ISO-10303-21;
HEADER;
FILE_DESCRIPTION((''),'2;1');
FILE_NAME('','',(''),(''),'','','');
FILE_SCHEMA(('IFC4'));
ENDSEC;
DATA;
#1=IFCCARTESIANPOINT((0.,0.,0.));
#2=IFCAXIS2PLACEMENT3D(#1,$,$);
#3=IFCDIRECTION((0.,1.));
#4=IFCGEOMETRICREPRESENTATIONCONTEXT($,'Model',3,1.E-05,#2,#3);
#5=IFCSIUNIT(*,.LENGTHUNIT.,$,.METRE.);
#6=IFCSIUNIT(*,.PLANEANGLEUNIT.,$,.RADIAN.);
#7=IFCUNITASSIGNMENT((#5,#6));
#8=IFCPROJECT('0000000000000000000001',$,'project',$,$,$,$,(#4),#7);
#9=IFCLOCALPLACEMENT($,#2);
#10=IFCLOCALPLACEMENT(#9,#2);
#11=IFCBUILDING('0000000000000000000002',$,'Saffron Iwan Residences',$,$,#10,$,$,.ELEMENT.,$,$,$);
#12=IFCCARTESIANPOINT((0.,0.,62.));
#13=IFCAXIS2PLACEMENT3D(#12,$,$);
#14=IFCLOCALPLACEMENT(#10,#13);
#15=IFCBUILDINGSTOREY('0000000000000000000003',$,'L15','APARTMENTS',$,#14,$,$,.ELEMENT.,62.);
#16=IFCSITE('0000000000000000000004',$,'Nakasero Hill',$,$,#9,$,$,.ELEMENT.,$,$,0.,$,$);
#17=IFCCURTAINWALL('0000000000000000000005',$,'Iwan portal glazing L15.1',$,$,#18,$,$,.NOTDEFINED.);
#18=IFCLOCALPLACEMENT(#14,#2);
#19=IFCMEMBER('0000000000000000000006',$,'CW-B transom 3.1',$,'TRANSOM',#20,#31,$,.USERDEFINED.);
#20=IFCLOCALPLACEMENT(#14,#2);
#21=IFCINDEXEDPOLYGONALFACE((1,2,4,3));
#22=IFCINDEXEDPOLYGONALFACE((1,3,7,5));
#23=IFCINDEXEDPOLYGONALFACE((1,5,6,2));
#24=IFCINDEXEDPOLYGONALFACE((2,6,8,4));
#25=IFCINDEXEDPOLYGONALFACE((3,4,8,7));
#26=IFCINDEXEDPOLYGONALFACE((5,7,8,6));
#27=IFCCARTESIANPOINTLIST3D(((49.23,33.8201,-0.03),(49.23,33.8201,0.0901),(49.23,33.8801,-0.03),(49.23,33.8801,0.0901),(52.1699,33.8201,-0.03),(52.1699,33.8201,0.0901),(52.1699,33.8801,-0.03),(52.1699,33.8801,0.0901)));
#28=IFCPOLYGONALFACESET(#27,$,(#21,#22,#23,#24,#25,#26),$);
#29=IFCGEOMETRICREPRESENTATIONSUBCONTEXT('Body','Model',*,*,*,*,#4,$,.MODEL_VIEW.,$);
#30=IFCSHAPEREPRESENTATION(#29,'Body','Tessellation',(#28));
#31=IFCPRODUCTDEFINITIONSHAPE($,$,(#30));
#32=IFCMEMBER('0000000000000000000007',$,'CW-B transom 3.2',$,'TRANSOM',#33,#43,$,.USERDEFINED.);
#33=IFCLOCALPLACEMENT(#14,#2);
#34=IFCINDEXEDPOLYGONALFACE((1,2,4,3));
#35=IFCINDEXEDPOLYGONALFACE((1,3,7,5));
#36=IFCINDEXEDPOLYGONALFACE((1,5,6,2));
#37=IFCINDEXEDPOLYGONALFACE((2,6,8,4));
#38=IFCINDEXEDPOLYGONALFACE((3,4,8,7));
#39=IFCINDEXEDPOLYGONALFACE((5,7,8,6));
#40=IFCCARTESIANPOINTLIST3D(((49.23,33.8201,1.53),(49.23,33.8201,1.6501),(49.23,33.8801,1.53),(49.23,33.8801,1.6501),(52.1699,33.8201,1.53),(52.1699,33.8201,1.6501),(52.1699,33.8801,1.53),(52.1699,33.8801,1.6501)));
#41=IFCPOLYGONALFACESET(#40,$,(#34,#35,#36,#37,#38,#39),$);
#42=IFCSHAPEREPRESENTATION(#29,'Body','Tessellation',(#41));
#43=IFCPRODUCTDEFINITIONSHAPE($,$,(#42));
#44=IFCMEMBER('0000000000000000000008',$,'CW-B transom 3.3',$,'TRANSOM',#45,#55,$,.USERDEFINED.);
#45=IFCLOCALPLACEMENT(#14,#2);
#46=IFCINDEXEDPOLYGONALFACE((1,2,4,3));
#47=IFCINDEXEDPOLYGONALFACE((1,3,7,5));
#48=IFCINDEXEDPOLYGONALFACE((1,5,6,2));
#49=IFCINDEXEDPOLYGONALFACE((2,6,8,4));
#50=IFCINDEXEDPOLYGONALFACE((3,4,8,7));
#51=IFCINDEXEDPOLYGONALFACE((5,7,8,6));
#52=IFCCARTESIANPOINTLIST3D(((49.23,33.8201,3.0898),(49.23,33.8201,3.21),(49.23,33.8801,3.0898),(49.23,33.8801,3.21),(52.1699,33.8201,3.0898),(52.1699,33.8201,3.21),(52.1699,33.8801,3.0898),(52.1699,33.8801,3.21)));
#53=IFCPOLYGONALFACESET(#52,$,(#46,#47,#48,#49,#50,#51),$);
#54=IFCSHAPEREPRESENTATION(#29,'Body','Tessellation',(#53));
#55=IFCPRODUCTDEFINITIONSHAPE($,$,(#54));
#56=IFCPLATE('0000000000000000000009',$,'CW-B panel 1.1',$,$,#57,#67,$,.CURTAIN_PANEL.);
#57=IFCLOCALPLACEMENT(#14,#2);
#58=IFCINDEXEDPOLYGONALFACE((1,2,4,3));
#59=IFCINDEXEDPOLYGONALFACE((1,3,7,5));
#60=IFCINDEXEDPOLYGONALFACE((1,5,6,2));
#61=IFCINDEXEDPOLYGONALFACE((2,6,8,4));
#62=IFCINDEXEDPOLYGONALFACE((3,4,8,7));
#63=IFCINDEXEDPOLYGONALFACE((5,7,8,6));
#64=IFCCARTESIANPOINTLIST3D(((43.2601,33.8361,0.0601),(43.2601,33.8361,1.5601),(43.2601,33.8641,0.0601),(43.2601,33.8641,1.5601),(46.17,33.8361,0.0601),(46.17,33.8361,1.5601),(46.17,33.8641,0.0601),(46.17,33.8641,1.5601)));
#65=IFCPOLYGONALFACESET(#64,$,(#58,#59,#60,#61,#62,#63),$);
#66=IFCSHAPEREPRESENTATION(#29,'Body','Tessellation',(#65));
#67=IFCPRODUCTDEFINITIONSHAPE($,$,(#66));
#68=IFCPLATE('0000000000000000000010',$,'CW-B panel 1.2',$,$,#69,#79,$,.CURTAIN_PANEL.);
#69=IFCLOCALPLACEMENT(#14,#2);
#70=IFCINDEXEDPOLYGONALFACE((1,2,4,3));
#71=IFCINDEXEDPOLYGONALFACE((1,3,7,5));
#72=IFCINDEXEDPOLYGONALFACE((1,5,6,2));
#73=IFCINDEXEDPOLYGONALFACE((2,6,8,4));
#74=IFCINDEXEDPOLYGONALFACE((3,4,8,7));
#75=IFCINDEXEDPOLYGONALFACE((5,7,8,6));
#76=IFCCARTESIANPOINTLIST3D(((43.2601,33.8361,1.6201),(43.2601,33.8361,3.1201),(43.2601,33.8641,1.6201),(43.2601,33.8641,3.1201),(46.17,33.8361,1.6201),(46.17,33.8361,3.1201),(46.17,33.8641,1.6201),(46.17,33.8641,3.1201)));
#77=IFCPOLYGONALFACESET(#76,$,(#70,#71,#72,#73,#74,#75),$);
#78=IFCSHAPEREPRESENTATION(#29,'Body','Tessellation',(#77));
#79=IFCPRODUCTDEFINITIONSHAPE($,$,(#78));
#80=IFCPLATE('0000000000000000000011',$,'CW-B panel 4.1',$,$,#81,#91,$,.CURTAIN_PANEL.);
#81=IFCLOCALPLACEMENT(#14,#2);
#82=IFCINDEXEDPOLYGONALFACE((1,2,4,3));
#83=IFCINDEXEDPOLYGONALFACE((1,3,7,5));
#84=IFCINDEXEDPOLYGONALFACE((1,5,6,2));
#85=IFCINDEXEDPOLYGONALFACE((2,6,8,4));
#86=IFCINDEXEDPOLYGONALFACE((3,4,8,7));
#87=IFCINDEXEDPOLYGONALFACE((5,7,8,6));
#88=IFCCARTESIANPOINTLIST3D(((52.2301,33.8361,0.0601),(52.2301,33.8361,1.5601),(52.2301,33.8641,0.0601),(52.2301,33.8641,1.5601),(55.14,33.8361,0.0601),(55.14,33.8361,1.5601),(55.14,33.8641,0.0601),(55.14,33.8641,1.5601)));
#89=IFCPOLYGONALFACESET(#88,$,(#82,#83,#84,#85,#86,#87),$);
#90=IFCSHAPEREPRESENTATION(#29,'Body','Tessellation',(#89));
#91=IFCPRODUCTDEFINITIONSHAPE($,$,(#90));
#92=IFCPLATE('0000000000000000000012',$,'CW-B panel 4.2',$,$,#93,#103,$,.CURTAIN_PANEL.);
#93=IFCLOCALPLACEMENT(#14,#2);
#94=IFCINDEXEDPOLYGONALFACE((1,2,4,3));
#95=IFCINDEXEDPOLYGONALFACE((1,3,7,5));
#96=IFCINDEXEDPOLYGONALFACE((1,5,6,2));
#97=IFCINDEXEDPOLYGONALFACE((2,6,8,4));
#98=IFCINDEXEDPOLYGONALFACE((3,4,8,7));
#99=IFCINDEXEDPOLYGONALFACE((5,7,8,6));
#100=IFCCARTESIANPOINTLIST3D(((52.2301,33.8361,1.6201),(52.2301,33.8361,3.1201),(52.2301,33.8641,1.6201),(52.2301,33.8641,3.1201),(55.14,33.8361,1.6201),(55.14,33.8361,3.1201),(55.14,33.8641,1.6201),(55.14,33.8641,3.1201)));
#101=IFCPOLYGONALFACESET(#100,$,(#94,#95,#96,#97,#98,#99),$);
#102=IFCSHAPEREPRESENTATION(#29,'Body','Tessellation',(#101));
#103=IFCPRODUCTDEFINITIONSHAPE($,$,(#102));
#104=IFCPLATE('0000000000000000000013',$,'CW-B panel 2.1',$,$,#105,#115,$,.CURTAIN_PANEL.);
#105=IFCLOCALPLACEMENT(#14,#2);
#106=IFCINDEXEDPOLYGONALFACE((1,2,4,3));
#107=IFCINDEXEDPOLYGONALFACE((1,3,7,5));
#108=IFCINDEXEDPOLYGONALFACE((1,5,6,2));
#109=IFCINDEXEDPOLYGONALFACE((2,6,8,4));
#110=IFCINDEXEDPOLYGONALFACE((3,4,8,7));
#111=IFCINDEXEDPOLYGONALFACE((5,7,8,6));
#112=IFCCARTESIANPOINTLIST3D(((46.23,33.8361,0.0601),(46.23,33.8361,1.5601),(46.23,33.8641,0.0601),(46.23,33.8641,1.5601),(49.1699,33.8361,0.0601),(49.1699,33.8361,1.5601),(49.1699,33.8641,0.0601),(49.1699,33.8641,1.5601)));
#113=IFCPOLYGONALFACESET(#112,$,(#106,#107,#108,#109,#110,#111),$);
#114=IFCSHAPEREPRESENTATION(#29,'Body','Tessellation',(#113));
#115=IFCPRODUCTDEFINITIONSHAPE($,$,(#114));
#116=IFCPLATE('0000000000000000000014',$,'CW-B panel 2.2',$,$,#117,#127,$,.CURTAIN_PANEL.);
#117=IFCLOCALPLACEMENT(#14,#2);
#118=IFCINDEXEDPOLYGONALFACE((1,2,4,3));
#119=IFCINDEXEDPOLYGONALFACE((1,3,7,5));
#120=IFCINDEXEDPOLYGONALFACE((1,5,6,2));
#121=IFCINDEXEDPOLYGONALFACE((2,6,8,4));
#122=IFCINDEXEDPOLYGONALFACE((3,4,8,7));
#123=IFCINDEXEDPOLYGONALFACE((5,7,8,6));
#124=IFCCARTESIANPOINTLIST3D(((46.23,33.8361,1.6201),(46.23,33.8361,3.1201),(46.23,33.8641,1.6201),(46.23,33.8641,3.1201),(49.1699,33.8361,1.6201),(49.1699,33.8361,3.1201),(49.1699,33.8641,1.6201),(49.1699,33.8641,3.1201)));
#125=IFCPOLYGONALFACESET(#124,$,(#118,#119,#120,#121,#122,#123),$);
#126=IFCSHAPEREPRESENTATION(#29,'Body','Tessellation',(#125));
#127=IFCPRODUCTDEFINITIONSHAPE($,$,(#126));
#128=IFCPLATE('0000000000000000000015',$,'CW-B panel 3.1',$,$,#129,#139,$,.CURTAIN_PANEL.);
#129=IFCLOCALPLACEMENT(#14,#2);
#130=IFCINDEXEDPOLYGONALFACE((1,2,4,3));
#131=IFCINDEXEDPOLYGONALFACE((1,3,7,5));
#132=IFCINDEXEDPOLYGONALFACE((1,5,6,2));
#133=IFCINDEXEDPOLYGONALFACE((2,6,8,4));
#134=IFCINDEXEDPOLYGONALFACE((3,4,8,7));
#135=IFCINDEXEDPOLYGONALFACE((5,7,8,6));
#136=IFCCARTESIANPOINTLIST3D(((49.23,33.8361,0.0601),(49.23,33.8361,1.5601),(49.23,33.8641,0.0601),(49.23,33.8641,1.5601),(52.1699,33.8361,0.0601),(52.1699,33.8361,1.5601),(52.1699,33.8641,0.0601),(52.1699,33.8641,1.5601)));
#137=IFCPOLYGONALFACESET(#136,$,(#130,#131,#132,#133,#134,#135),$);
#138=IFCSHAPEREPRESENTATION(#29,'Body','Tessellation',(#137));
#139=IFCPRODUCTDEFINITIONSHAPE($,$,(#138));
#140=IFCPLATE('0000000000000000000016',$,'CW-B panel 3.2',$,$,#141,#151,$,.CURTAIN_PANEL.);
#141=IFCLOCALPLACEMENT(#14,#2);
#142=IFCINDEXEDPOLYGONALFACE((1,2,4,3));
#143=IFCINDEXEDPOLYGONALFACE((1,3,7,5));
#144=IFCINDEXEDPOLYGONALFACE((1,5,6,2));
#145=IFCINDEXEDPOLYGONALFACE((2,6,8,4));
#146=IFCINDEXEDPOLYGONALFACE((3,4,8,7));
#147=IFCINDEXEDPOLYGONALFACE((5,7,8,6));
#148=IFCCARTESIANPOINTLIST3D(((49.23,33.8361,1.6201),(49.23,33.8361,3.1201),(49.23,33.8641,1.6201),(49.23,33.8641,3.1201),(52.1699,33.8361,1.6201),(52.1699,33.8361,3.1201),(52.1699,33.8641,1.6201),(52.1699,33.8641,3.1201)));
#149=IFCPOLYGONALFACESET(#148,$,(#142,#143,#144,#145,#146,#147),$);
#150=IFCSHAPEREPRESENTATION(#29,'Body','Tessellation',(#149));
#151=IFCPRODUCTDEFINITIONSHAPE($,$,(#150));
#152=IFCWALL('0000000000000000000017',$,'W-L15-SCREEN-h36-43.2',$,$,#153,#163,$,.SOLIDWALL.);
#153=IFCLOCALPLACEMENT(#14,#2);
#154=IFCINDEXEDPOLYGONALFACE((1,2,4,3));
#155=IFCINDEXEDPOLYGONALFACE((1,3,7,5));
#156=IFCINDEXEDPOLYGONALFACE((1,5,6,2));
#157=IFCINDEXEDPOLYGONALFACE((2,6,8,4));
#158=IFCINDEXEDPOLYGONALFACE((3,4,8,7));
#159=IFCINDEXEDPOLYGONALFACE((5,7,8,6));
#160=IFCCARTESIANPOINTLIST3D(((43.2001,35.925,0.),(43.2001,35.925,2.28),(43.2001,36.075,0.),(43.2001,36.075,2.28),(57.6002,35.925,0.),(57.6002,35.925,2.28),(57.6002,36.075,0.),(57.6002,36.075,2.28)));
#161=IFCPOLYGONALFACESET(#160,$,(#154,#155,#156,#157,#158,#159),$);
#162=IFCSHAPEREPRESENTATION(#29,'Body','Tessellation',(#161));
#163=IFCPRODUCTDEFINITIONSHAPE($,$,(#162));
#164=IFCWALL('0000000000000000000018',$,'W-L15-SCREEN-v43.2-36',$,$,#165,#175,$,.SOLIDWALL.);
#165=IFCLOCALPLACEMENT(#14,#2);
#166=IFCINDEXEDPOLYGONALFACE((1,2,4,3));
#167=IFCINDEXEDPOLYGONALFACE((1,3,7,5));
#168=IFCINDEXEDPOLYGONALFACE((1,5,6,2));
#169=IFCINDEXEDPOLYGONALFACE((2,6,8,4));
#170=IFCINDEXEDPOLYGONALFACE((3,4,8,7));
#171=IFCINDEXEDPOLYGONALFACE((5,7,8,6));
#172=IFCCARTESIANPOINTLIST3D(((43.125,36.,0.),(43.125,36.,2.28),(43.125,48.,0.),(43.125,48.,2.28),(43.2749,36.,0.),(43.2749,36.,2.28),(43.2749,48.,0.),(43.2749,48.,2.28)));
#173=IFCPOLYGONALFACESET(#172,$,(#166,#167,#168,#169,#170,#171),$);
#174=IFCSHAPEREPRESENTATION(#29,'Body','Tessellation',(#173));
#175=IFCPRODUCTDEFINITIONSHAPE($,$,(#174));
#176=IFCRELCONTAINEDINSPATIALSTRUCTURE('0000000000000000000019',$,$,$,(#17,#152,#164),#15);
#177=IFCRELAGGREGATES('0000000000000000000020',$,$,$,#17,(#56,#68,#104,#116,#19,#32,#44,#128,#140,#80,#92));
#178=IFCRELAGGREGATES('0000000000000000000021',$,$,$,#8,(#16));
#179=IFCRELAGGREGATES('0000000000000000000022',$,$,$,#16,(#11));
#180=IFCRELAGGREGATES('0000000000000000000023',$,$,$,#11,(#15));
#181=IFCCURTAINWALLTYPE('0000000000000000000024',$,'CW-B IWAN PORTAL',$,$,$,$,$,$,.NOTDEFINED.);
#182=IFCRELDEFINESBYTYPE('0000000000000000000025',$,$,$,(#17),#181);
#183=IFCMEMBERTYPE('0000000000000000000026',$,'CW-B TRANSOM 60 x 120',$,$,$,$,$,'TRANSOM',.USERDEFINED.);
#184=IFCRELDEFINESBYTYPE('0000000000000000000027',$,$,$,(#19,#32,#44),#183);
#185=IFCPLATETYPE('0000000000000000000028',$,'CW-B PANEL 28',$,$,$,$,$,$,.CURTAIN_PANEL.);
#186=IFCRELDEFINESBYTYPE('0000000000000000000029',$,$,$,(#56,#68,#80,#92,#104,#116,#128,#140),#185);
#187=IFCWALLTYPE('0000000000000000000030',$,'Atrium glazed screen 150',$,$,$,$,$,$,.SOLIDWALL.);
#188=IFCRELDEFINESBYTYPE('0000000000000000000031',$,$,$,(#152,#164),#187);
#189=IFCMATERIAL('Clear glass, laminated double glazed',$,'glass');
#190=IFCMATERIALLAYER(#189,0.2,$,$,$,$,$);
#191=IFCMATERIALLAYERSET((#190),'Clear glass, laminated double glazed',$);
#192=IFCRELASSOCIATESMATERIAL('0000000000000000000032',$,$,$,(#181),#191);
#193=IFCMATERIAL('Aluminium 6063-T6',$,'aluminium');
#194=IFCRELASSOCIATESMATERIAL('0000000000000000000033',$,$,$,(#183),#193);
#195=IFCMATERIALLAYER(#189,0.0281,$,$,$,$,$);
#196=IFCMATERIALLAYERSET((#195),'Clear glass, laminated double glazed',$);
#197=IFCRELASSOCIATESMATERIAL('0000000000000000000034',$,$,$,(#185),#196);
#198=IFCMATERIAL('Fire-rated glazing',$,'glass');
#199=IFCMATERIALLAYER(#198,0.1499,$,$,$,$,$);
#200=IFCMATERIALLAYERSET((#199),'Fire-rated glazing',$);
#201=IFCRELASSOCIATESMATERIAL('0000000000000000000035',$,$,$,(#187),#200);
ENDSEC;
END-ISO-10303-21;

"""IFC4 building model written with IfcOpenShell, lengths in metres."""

from ifc_helpers import new_model, si_unit, direction, frame, frame_2d, origin, origin_2d, place, context, subcontext, project, spatial, rectangle, extrude, source, transform, mapped, material, layer, layer_set, material_profile, profile_set, type_object, element, aggregate, save


model = new_model("IFC4")

# Units and contexts
model_context = context("Model", 3, precision=1e-05, world=origin(), true_north=direction((0.0, 1.0)))
body_context = subcontext(model_context, "Body", "Model", "MODEL_VIEW")
ifc_project = project(units=[si_unit("LENGTHUNIT", "METRE"), si_unit("PLANEANGLEUNIT", "RADIAN")], contexts=[model_context])

# Site, building, storey
site_placement = place(None, origin())
site = spatial("IfcSite", under=ifc_project, at=site_placement, Name="Nakasero Hill", CompositionType="ELEMENT", RefElevation=0.0)
building_placement = place(site_placement, origin())
building = spatial("IfcBuilding", under=site, at=building_placement, Name="Saffron Iwan Residences", CompositionType="ELEMENT")
storey_placement = place(building_placement, frame((0.0, 0.0, 62.0)))
storey = spatial("IfcBuildingStorey", under=building, at=storey_placement, Name="L15", Description="APARTMENTS", CompositionType="ELEMENT", Elevation=62.0)

# Curtain wall, members, plates
ifc_material_1 = material(Name="Clear glass, laminated double glazed", Category="glass")
ifc_layer_1 = layer(ifc_material_1, 0.2)
ifc_layer_set_1 = layer_set([ifc_layer_1], Name="Clear glass, laminated double glazed")
curtain_wall_type = type_object("IfcCurtainWallType", Name="CW-B IWAN PORTAL", PredefinedType="NOTDEFINED", material=ifc_layer_set_1)
curtain_wall_placement = place(storey_placement, origin())
curtain_wall = element("IfcCurtainWall", 1, at=curtain_wall_placement, inside=storey, type_object=curtain_wall_type, Name="Iwan portal glazing L15.1", PredefinedType="NOTDEFINED")
ifc_material_2 = material(Name="Aluminium 6063-T6", Category="aluminium")
ifc_material_profile_1 = material_profile(ifc_material_2, rectangle(XDim=0.0601, YDim=0.1201, at=origin_2d()), Name="CW-B TRANSOM 60 x 120")
ifc_profile_set_1 = profile_set([ifc_material_profile_1], Name="Aluminium 6063-T6")
member_type_1 = type_object("IfcMemberType", Name="CW-B TRANSOM 60 x 120", ElementType="TRANSOM", PredefinedType="USERDEFINED", material=ifc_profile_set_1)
shared_shape_1 = source(origin(), body_context, "Body", "SweptSolid", [
    extrude(rectangle(XDim=0.0601, YDim=0.1201, at=origin_2d()), origin(), (0.0, 0.0, 1.0), 2.9399),
])
member_1_placement = place(storey_placement, frame((49.23, 33.8501, 0.03), z_axis=(1.0, 0.0, 0.0), x_axis=(0.0, 1.0, 0.0)))
member_1 = element("IfcMember", 2, at=member_1_placement, type_object=member_type_1, Name="CW-B transom 3.1", ObjectType="TRANSOM", PredefinedType="USERDEFINED", context=body_context, shape_type="MappedRepresentation", body=[
    mapped(shared_shape_1, transform((0.0, 0.0, 0.0))),
])
member_2_placement = place(storey_placement, frame((49.23, 33.8501, 1.5901), z_axis=(1.0, 0.0, 0.0), x_axis=(0.0, 1.0, 0.0)))
member_2 = element("IfcMember", 3, at=member_2_placement, type_object=member_type_1, Name="CW-B transom 3.2", ObjectType="TRANSOM", PredefinedType="USERDEFINED", context=body_context, shape_type="MappedRepresentation", body=[
    mapped(shared_shape_1, transform((0.0, 0.0, 0.0))),
])
member_3_placement = place(storey_placement, frame((49.23, 33.8501, 3.1499), z_axis=(1.0, 0.0, 0.0), x_axis=(0.0, 1.0, 0.0)))
member_3 = element("IfcMember", 4, at=member_3_placement, type_object=member_type_1, Name="CW-B transom 3.3", ObjectType="TRANSOM", PredefinedType="USERDEFINED", context=body_context, shape_type="MappedRepresentation", body=[
    mapped(shared_shape_1, transform((0.0, 0.0, 0.0))),
])
ifc_layer_2 = layer(ifc_material_1, 0.0281)
ifc_layer_set_2 = layer_set([ifc_layer_2], Name="Clear glass, laminated double glazed")
plate_type = type_object("IfcPlateType", Name="CW-B PANEL 28", PredefinedType="CURTAIN_PANEL", material=ifc_layer_set_2)
shared_shape_2 = source(origin(), body_context, "Body", "SweptSolid", [
    extrude(rectangle(XDim=2.9099, YDim=0.0281, at=origin_2d()), origin(), (0.0, 0.0, 1.0), 1.5),
])
plate_1_placement = place(storey_placement, frame((44.7151, 33.8501, 0.0601), z_axis=(0.0, 0.0, 1.0), x_axis=(1.0, 0.0, 0.0)))
plate_1 = element("IfcPlate", 5, at=plate_1_placement, type_object=plate_type, Name="CW-B panel 1.1", PredefinedType="CURTAIN_PANEL", context=body_context, shape_type="MappedRepresentation", body=[
    mapped(shared_shape_2, transform((0.0, 0.0, 0.0))),
])
plate_2_placement = place(storey_placement, frame((44.7151, 33.8501, 1.6201), z_axis=(0.0, 0.0, 1.0), x_axis=(1.0, 0.0, 0.0)))
plate_2 = element("IfcPlate", 6, at=plate_2_placement, type_object=plate_type, Name="CW-B panel 1.2", PredefinedType="CURTAIN_PANEL", context=body_context, shape_type="MappedRepresentation", body=[
    mapped(shared_shape_2, transform((0.0, 0.0, 0.0))),
])
plate_3_placement = place(storey_placement, frame((53.6851, 33.8501, 0.0601), z_axis=(0.0, 0.0, 1.0), x_axis=(1.0, 0.0, 0.0)))
plate_3 = element("IfcPlate", 7, at=plate_3_placement, type_object=plate_type, Name="CW-B panel 4.1", PredefinedType="CURTAIN_PANEL", context=body_context, shape_type="MappedRepresentation", body=[
    mapped(shared_shape_2, transform((0.0, 0.0, 0.0))),
])
plate_4_placement = place(storey_placement, frame((53.6851, 33.8501, 1.6201), z_axis=(0.0, 0.0, 1.0), x_axis=(1.0, 0.0, 0.0)))
plate_4 = element("IfcPlate", 8, at=plate_4_placement, type_object=plate_type, Name="CW-B panel 4.2", PredefinedType="CURTAIN_PANEL", context=body_context, shape_type="MappedRepresentation", body=[
    mapped(shared_shape_2, transform((0.0, 0.0, 0.0))),
])
shared_shape_3 = source(origin(), body_context, "Body", "SweptSolid", [
    extrude(rectangle(XDim=2.9399, YDim=0.0281, at=origin_2d()), origin(), (0.0, 0.0, 1.0), 1.5),
])
plate_5_placement = place(storey_placement, frame((47.7, 33.8501, 0.0601), z_axis=(0.0, 0.0, 1.0), x_axis=(1.0, 0.0, 0.0)))
plate_5 = element("IfcPlate", 9, at=plate_5_placement, type_object=plate_type, Name="CW-B panel 2.1", PredefinedType="CURTAIN_PANEL", context=body_context, shape_type="MappedRepresentation", body=[
    mapped(shared_shape_3, transform((0.0, 0.0, 0.0))),
])
plate_6_placement = place(storey_placement, frame((47.7, 33.8501, 1.6201), z_axis=(0.0, 0.0, 1.0), x_axis=(1.0, 0.0, 0.0)))
plate_6 = element("IfcPlate", 10, at=plate_6_placement, type_object=plate_type, Name="CW-B panel 2.2", PredefinedType="CURTAIN_PANEL", context=body_context, shape_type="MappedRepresentation", body=[
    mapped(shared_shape_3, transform((0.0, 0.0, 0.0))),
])
plate_7_placement = place(storey_placement, frame((50.7, 33.8501, 0.0601), z_axis=(0.0, 0.0, 1.0), x_axis=(1.0, 0.0, 0.0)))
plate_7 = element("IfcPlate", 11, at=plate_7_placement, type_object=plate_type, Name="CW-B panel 3.1", PredefinedType="CURTAIN_PANEL", context=body_context, shape_type="MappedRepresentation", body=[
    mapped(shared_shape_3, transform((0.0, 0.0, 0.0))),
])
plate_8_placement = place(storey_placement, frame((50.7, 33.8501, 1.6201), z_axis=(0.0, 0.0, 1.0), x_axis=(1.0, 0.0, 0.0)))
plate_8 = element("IfcPlate", 12, at=plate_8_placement, type_object=plate_type, Name="CW-B panel 3.2", PredefinedType="CURTAIN_PANEL", context=body_context, shape_type="MappedRepresentation", body=[
    mapped(shared_shape_3, transform((0.0, 0.0, 0.0))),
])
aggregate(curtain_wall, [plate_1, plate_2, plate_5, plate_6, member_1, member_2, member_3, plate_7, plate_8, plate_3, plate_4])

# Walls
ifc_material_3 = material(Name="Fire-rated glazing", Category="glass")
ifc_layer_3 = layer(ifc_material_3, 0.1499)
ifc_layer_set_3 = layer_set([ifc_layer_3], Name="Fire-rated glazing")
wall_type = type_object("IfcWallType", Name="Atrium glazed screen 150", PredefinedType="SOLIDWALL", material=ifc_layer_set_3)
wall_1_placement = place(storey_placement, frame((43.2, 36.0, 0.0), z_axis=(0.0, 0.0, 1.0), x_axis=(1.0, 0.0, 0.0)))
element("IfcWall", 13, at=wall_1_placement, inside=storey, type_object=wall_type, Name="W-L15-SCREEN-h36-43.2", PredefinedType="SOLIDWALL", context=body_context, shape_type="SweptSolid", body=[
    extrude(rectangle(XDim=14.4001, YDim=0.1499, at=frame_2d((7.2002, 0.0))), origin(), (0.0, 0.0, 1.0), 2.28),
])
wall_2_placement = place(storey_placement, frame((43.2, 36.0, 0.0), z_axis=(0.0, 0.0, 1.0), x_axis=(0.0, 1.0, 0.0)))
element("IfcWall", 14, at=wall_2_placement, inside=storey, type_object=wall_type, Name="W-L15-SCREEN-v43.2-36", PredefinedType="SOLIDWALL", context=body_context, shape_type="SweptSolid", body=[
    extrude(rectangle(XDim=12.0, YDim=0.1499, at=frame_2d((6.0, 0.0))), origin(), (0.0, 0.0, 1.0), 2.28),
])

save(model, "model.ifc")
